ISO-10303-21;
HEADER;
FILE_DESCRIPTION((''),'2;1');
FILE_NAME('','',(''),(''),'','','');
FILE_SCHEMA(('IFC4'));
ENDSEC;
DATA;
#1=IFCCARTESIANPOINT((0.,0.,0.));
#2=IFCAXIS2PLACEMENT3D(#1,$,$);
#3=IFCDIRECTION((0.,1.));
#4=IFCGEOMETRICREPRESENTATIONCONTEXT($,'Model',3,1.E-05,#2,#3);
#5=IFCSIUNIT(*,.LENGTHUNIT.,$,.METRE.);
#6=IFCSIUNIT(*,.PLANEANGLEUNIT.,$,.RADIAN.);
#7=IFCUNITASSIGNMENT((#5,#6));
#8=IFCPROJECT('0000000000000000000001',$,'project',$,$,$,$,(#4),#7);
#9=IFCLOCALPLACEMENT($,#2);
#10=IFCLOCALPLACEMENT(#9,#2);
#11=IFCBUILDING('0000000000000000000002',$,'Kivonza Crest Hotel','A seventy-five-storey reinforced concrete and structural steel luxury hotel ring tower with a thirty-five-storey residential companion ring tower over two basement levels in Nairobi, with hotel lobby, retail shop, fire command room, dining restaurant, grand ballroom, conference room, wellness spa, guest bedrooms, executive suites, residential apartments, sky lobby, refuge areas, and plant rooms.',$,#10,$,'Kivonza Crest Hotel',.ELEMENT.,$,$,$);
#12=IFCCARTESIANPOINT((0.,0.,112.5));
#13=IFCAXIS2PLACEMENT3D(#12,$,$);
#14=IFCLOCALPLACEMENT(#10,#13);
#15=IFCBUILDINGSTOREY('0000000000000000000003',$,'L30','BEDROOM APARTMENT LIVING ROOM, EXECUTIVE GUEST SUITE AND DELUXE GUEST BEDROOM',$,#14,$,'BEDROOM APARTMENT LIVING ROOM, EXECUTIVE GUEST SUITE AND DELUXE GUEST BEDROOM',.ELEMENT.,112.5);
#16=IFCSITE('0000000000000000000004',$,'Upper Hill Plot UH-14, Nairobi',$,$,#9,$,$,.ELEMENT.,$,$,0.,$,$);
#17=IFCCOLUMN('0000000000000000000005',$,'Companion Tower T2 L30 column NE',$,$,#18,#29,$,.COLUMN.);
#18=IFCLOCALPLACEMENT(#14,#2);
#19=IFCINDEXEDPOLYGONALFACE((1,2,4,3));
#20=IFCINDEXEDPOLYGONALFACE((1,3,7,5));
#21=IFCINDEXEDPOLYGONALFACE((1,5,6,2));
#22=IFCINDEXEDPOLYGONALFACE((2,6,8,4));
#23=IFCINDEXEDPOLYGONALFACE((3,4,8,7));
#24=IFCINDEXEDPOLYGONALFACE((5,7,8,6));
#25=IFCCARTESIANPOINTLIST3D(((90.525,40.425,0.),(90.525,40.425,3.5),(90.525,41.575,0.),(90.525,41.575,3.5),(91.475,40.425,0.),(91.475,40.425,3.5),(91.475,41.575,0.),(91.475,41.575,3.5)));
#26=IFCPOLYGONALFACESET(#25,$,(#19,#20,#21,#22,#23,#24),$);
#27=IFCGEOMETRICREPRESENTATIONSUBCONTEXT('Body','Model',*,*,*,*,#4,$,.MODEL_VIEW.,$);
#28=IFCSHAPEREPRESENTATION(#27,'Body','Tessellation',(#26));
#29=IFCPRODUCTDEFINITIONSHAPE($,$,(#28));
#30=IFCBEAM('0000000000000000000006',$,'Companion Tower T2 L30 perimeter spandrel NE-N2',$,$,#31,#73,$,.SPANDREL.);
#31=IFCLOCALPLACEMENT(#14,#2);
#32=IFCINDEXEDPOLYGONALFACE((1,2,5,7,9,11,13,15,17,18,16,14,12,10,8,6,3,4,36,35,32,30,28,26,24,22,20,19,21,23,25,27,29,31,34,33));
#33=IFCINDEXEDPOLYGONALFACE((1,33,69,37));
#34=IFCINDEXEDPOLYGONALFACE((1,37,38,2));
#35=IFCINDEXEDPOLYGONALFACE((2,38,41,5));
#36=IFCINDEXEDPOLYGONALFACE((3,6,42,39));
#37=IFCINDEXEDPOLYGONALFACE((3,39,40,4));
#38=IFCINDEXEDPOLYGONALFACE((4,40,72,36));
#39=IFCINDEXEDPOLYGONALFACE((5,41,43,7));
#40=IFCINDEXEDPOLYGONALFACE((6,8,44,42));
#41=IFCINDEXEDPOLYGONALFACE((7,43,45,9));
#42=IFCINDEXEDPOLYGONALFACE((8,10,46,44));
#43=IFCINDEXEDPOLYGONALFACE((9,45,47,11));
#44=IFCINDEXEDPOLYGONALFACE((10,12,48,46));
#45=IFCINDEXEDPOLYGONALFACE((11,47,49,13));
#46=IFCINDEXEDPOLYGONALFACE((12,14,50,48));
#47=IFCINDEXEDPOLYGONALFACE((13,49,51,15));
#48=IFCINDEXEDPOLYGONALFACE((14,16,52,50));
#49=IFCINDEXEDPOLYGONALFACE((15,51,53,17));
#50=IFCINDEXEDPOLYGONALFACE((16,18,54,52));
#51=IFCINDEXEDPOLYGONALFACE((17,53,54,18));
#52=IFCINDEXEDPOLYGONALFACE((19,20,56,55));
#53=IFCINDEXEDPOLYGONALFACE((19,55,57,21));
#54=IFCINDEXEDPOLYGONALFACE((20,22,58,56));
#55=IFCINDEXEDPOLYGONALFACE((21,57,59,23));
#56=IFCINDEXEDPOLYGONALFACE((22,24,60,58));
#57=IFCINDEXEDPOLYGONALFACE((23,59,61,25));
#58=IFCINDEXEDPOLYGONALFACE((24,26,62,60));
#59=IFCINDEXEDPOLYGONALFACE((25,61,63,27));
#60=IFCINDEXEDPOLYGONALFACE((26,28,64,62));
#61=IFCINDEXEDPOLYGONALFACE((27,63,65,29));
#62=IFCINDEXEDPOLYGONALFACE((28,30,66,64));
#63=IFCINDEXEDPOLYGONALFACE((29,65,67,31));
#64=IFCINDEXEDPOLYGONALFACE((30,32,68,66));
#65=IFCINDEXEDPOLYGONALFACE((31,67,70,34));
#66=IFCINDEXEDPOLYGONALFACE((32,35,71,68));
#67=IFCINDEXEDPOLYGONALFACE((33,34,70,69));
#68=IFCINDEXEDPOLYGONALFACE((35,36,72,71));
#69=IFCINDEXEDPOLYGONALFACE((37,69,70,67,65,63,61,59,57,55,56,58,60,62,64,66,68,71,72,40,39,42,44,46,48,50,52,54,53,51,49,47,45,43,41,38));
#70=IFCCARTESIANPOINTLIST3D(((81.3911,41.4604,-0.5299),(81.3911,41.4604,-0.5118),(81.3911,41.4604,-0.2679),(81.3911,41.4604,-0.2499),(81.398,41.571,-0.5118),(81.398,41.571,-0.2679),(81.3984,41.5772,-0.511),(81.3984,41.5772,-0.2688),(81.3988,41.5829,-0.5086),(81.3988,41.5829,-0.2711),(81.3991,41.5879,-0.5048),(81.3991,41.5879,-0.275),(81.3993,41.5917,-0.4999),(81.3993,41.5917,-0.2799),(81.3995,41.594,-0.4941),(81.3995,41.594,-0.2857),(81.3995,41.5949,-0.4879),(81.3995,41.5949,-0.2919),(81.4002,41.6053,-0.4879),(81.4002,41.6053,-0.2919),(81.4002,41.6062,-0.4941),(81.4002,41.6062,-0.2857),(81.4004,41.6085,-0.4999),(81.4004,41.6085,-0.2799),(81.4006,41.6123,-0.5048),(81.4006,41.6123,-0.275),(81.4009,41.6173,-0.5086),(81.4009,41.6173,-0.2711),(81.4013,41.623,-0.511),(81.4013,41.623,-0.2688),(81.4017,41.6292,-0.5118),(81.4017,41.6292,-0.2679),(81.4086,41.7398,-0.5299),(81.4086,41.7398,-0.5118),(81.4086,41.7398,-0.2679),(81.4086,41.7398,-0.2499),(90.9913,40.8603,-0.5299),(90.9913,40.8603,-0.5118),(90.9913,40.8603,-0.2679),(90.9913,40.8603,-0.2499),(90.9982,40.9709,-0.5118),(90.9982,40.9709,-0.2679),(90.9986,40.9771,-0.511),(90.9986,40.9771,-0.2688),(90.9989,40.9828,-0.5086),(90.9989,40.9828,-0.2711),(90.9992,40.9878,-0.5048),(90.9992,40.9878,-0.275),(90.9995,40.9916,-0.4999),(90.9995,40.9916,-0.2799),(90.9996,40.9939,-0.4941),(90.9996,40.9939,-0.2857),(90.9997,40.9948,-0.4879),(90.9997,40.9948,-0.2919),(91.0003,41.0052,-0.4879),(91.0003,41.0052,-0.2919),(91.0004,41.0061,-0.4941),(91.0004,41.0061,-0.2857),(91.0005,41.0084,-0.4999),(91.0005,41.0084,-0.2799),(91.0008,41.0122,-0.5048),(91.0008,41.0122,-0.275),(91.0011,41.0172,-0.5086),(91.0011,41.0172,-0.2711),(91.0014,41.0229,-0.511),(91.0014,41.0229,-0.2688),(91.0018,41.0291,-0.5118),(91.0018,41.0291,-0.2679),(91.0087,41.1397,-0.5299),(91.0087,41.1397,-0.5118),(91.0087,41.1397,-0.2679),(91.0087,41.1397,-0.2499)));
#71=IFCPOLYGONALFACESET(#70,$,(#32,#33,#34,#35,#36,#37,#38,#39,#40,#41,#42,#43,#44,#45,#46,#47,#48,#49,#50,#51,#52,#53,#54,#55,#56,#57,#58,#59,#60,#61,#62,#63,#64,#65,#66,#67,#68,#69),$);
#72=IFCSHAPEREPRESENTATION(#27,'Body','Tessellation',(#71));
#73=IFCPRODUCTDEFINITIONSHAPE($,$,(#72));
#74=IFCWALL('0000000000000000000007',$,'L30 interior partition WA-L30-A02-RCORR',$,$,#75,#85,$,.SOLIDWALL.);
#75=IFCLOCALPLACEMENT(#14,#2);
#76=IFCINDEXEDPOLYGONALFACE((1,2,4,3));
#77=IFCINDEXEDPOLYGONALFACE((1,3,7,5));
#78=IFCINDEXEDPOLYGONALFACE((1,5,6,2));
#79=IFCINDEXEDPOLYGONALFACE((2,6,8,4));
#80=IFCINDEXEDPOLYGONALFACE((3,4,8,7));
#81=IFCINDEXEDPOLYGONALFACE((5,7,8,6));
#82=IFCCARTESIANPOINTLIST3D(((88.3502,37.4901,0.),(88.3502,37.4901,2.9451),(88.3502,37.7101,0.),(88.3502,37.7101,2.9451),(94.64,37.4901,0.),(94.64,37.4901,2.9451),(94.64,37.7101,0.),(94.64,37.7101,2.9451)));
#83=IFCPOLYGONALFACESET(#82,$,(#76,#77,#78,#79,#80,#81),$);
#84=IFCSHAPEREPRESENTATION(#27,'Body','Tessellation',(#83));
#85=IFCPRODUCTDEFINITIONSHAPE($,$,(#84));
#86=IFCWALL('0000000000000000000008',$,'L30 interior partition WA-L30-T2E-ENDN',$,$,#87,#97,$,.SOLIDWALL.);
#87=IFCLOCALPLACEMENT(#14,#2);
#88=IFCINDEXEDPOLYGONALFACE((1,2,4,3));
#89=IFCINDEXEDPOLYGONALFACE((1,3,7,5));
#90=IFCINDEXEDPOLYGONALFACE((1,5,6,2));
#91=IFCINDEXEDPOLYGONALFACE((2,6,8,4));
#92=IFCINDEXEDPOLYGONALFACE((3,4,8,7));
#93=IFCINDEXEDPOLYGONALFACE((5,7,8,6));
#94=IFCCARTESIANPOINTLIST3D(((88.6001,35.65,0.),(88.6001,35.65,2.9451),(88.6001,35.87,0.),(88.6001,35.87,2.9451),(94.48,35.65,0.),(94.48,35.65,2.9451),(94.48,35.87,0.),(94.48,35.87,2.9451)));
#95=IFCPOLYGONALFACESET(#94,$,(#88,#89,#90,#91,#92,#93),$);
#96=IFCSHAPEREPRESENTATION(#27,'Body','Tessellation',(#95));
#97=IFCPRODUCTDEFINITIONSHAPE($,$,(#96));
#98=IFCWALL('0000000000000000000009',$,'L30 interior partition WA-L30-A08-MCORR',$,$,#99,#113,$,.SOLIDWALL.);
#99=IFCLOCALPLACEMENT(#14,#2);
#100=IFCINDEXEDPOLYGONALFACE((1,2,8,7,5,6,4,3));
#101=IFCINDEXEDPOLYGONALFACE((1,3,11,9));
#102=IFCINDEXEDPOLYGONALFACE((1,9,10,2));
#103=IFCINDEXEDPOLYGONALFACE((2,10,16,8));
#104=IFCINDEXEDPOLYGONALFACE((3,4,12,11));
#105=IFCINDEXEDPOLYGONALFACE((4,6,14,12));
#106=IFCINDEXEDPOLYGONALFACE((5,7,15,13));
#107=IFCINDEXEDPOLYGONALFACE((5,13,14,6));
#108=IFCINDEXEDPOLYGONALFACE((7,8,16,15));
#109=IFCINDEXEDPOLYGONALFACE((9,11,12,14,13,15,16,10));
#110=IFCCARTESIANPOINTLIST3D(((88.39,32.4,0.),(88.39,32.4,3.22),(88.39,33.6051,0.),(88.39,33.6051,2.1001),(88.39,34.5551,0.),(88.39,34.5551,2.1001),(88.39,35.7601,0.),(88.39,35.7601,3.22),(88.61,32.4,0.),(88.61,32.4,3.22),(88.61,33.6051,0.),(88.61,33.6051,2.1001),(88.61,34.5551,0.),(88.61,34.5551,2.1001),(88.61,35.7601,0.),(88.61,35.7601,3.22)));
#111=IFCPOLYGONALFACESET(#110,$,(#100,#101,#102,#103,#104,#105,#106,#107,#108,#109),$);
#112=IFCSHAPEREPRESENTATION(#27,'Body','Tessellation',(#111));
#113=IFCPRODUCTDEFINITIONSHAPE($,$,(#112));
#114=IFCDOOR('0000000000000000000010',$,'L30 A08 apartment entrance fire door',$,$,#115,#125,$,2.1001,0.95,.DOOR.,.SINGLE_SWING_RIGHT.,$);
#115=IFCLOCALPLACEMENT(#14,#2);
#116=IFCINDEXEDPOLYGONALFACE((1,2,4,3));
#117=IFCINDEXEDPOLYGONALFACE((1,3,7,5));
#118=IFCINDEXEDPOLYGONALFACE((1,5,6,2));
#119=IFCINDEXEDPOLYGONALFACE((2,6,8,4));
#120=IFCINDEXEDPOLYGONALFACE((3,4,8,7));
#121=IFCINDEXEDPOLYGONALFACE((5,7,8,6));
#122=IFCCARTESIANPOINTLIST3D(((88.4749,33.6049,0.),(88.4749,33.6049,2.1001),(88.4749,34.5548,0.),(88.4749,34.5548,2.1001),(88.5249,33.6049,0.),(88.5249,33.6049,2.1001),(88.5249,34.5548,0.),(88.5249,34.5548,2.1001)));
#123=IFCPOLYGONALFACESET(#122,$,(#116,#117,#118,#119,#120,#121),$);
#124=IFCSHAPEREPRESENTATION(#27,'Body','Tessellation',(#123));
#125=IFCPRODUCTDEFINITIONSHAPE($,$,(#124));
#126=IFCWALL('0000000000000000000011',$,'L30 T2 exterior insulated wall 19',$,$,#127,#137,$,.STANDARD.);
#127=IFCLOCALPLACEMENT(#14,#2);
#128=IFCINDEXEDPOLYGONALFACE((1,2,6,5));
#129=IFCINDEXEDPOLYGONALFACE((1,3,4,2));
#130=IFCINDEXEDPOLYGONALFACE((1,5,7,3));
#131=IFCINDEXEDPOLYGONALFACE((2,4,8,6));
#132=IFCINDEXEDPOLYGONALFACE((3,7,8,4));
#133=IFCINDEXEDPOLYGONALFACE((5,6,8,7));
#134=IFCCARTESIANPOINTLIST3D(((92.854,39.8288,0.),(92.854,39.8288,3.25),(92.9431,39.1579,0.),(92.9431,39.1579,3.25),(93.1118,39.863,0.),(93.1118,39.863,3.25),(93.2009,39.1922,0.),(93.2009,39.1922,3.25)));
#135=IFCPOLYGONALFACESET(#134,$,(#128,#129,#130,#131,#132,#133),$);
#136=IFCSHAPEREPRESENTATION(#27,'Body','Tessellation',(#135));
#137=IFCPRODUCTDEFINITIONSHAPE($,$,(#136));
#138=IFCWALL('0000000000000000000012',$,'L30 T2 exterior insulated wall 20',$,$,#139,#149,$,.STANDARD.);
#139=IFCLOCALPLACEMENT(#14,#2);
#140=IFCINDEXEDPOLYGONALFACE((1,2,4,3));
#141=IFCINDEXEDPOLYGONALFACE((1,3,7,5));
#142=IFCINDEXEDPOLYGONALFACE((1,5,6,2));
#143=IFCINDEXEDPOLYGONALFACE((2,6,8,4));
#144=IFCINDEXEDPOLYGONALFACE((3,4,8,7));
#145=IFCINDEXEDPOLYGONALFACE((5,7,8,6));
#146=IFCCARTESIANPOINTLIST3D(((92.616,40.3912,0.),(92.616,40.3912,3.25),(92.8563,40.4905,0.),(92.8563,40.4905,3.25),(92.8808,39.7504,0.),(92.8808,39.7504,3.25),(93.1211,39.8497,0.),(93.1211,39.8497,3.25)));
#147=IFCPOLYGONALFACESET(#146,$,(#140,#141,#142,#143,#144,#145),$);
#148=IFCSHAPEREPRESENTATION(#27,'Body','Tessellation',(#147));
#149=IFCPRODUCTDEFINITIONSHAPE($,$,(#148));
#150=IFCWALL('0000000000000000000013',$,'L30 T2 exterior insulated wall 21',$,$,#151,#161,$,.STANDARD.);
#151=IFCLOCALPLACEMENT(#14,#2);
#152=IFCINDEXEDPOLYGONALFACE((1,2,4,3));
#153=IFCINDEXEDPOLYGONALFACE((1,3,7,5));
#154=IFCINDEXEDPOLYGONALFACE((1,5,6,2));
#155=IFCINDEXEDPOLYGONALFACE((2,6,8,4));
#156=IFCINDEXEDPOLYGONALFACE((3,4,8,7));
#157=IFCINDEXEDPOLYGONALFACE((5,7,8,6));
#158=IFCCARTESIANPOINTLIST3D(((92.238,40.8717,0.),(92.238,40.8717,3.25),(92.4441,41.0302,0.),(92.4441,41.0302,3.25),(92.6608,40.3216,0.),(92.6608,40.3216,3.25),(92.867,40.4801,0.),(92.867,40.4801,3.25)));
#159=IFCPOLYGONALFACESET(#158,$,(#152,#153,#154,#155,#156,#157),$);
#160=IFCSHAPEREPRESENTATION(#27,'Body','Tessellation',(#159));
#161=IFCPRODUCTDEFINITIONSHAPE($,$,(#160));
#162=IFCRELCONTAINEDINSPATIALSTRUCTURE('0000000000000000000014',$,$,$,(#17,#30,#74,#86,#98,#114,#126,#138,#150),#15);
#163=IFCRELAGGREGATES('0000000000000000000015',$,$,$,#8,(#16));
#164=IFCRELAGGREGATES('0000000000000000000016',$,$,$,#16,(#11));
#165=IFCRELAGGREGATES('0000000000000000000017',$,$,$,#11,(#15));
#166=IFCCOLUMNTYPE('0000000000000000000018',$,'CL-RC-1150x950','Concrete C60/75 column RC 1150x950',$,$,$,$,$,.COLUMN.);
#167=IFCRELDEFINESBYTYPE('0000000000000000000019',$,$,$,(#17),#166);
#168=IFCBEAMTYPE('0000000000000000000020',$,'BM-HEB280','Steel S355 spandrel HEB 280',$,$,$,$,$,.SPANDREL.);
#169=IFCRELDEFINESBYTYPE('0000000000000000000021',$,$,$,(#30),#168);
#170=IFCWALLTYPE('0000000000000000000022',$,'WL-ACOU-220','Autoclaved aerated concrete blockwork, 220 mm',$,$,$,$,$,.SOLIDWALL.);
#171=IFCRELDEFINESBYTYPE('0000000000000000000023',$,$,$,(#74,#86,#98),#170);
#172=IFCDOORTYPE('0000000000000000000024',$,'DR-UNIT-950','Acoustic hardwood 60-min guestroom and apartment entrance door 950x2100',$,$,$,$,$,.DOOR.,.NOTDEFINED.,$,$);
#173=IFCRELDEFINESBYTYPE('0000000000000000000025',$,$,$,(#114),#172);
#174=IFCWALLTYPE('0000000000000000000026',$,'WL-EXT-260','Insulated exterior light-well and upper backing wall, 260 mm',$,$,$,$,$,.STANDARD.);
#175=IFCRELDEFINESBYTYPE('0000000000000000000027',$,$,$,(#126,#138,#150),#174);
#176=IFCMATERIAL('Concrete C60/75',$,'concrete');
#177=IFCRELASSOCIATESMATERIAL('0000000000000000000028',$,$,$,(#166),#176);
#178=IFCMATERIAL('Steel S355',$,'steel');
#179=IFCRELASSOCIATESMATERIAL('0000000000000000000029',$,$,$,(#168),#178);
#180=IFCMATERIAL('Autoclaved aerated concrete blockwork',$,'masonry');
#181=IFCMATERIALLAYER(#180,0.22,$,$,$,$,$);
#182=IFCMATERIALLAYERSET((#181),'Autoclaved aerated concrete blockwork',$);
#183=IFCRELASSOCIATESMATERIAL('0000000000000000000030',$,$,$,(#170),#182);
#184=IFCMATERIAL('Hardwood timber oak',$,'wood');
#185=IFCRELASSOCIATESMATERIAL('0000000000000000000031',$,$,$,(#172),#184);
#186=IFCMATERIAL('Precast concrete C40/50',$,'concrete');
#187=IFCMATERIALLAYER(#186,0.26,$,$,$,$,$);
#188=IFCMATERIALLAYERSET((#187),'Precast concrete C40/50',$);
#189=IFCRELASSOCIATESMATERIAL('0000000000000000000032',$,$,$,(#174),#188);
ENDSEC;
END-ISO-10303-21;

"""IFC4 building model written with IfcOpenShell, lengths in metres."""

from ifc_helpers import new_model, si_unit, direction, frame, frame_2d, origin, origin_2d, place, context, subcontext, project, spatial, rectangle, i_section, extrude, material, layer, layer_set, material_profile, profile_set, type_object, element, fill, save


model = new_model("IFC4")

# Units and contexts
model_context = context("Model", 3, precision=1e-05, world=origin(), true_north=direction((0.0, 1.0)))
body_context = subcontext(model_context, "Body", "Model", "MODEL_VIEW")
ifc_project = project(units=[si_unit("LENGTHUNIT", "METRE"), si_unit("PLANEANGLEUNIT", "RADIAN")], contexts=[model_context])

# Site, building, storey
site_placement = place(None, origin())
site = spatial("IfcSite", under=ifc_project, at=site_placement, Name="Upper Hill Plot UH-14, Nairobi", CompositionType="ELEMENT", RefElevation=0.0)
building_placement = place(site_placement, origin())
building = spatial("IfcBuilding", under=site, at=building_placement, Name="Kivonza Crest Hotel", Description="A seventy-five-storey reinforced concrete and structural steel luxury hotel ring tower with a thirty-five-storey residential companion ring tower over two basement levels in Nairobi, with hotel lobby, retail shop, fire command room, dining restaurant, grand ballroom, conference room, wellness spa, guest bedrooms, executive suites, residential apartments, sky lobby, refuge areas, and plant rooms.", LongName="Kivonza Crest Hotel", CompositionType="ELEMENT")
storey_placement = place(building_placement, frame((0.0, 0.0, 112.5)))
storey = spatial("IfcBuildingStorey", under=building, at=storey_placement, Name="L30", Description="BEDROOM APARTMENT LIVING ROOM, EXECUTIVE GUEST SUITE AND DELUXE GUEST BEDROOM", LongName="BEDROOM APARTMENT LIVING ROOM, EXECUTIVE GUEST SUITE AND DELUXE GUEST BEDROOM", CompositionType="ELEMENT", Elevation=112.5)

# Column
ifc_material_1 = material(Name="Concrete C60/75", Category="concrete")
ifc_material_profile_1 = material_profile(ifc_material_1, rectangle(XDim=0.95, YDim=1.1499, at=origin_2d()), Name="RC 1150x950")
ifc_profile_set_1 = profile_set([ifc_material_profile_1], Name="Concrete C60/75")
column_type = type_object("IfcColumnType", Name="CL-RC-1150x950", Description="Concrete C60/75 column RC 1150x950", PredefinedType="COLUMN", material=ifc_profile_set_1)
column_placement = place(storey_placement, frame((91.0, 41.0, 0.0), z_axis=(0.0, 0.0, 1.0), x_axis=(1.0, 0.0, 0.0)))
element("IfcColumn", 1, at=column_placement, inside=storey, type_object=column_type, Name="Companion Tower T2 L30 column NE", PredefinedType="COLUMN", context=body_context, shape_type="SweptSolid", body=[
    extrude(rectangle(XDim=0.95, YDim=1.1499, at=origin_2d()), origin(), (0.0, 0.0, 1.0), 3.5),
])

# Beam
ifc_material_2 = material(Name="Steel S355", Category="steel")
ifc_material_profile_2 = material_profile(ifc_material_2, i_section(OverallWidth=0.28, OverallDepth=0.28, WebThickness=0.0105, FlangeThickness=0.0181, FilletRadius=0.0239, at=origin_2d()), Name="HEB 280")
ifc_profile_set_2 = profile_set([ifc_material_profile_2], Name="Steel S355")
beam_type = type_object("IfcBeamType", Name="BM-HEB280", Description="Steel S355 spandrel HEB 280", PredefinedType="SPANDREL", material=ifc_profile_set_2)
beam_placement = place(storey_placement, frame((91.0, 41.0, -0.3899), z_axis=(-0.998052, 0.062388, 0.0), x_axis=(-0.062388, -0.998052, 0.0)))
element("IfcBeam", 2, at=beam_placement, inside=storey, type_object=beam_type, Name="Companion Tower T2 L30 perimeter spandrel NE-N2", PredefinedType="SPANDREL", context=body_context, shape_type="SweptSolid", body=[
    extrude(i_section(OverallWidth=0.28, OverallDepth=0.28, WebThickness=0.0105, FlangeThickness=0.0181, FilletRadius=0.0239, at=origin_2d()), origin(), (0.0, 0.0, 1.0), 9.6189),
])

# Walls
ifc_material_3 = material(Name="Autoclaved aerated concrete blockwork", Category="masonry")
ifc_layer_1 = layer(ifc_material_3, 0.22)
ifc_layer_set_1 = layer_set([ifc_layer_1], Name="Autoclaved aerated concrete blockwork")
wall_type_1 = type_object("IfcWallType", Name="WL-ACOU-220", Description="Autoclaved aerated concrete blockwork, 220 mm", PredefinedType="SOLIDWALL", material=ifc_layer_set_1)
wall_1_placement = place(storey_placement, frame((88.3501, 37.6001, 0.0), z_axis=(0.0, 0.0, 1.0), x_axis=(1.0, 0.0, 0.0)))
element("IfcWall", 3, at=wall_1_placement, inside=storey, type_object=wall_type_1, Name="L30 interior partition WA-L30-A02-RCORR", PredefinedType="SOLIDWALL", context=body_context, shape_type="SweptSolid", body=[
    extrude(rectangle(XDim=6.2898, YDim=0.22, at=frame_2d((3.145, 0.0))), origin(), (0.0, 0.0, 1.0), 2.9451),
])
wall_2_placement = place(storey_placement, frame((88.6001, 35.76, 0.0), z_axis=(0.0, 0.0, 1.0), x_axis=(1.0, 0.0, 0.0)))
element("IfcWall", 4, at=wall_2_placement, inside=storey, type_object=wall_type_1, Name="L30 interior partition WA-L30-T2E-ENDN", PredefinedType="SOLIDWALL", context=body_context, shape_type="SweptSolid", body=[
    extrude(rectangle(XDim=5.8799, YDim=0.22, at=frame_2d((2.9399, 0.0))), origin(), (0.0, 0.0, 1.0), 2.9451),
])

# Wall, opening, door
wall_3_placement = place(storey_placement, frame((88.5, 32.3999, 0.0), z_axis=(0.0, 0.0, 1.0), x_axis=(0.0, 1.0, 0.0)))
wall_3 = element("IfcWall", 5, at=wall_3_placement, inside=storey, type_object=wall_type_1, Name="L30 interior partition WA-L30-A08-MCORR", PredefinedType="SOLIDWALL", context=body_context, shape_type="SweptSolid", body=[
    extrude(rectangle(XDim=3.3601, YDim=0.22, at=frame_2d((1.6802, 0.0))), origin(), (0.0, 0.0, 1.0), 3.22),
])
opening_1_placement = place(wall_3_placement, frame((1.2051, 0.0, 0.0)))
opening_1 = element("IfcOpeningElement", 6, at=opening_1_placement, cuts=wall_3, PredefinedType="OPENING", context=body_context, shape_type="SweptSolid", body=[
    extrude(rectangle(XDim=0.95, YDim=2.1001, at=frame_2d((0.4751, 1.05))), frame((0.0, 0.1201, 0.0), z_axis=(0.0, -1.0, 0.0), x_axis=(1.0, 0.0, 0.0)), (0.0, 0.0, 1.0), 0.24),
])
ifc_material_4 = material(Name="Hardwood timber oak", Category="wood")
door_type_1 = type_object("IfcDoorType", Name="DR-UNIT-950", Description="Acoustic hardwood 60-min guestroom and apartment entrance door 950x2100", OperationType="NOTDEFINED", PredefinedType="DOOR", material=ifc_material_4)
door_1_placement = place(opening_1_placement, frame((0.95, 0.0, 0.0), z_axis=(0.0, 0.0, 1.0), x_axis=(-1.0, 0.0, 0.0)))
door_1 = element("IfcDoor", 7, at=door_1_placement, inside=storey, type_object=door_type_1, Name="L30 A08 apartment entrance fire door", OperationType="SINGLE_SWING_RIGHT", OverallHeight=2.1001, OverallWidth=0.95, PredefinedType="DOOR", context=body_context, shape_type="SweptSolid", body=[
    extrude(rectangle(XDim=0.95, YDim=2.1001, at=frame_2d((0.4751, 1.05))), frame((0.0, 0.0249, 0.0), z_axis=(0.0, -1.0, 0.0), x_axis=(1.0, 0.0, 0.0)), (0.0, 0.0, 1.0), 0.05),
])
fill(opening_1, door_1)

# Walls
ifc_material_5 = material(Name="Precast concrete C40/50", Category="concrete")
ifc_layer_2 = layer(ifc_material_5, 0.26)
ifc_layer_set_2 = layer_set([ifc_layer_2], Name="Precast concrete C40/50")
wall_type_2 = type_object("IfcWallType", Name="WL-EXT-260", Description="Insulated exterior light-well and upper backing wall, 260 mm", PredefinedType="STANDARD", material=ifc_layer_set_2)
wall_4_placement = place(storey_placement, frame((93.072, 39.175, 0.0), z_axis=(0.0, 0.0, 1.0), x_axis=(-0.131667, 0.991294, 0.0)))
element("IfcWall", 8, at=wall_4_placement, inside=storey, type_object=wall_type_2, Name="L30 T2 exterior insulated wall 19", PredefinedType="STANDARD", context=body_context, shape_type="SweptSolid", body=[
    extrude(rectangle(XDim=0.6768, YDim=0.26, at=frame_2d((0.3384, 0.0))), origin(), (0.0, 0.0, 1.0), 3.25),
])
wall_5_placement = place(storey_placement, frame((93.001, 39.8, 0.0), z_axis=(0.0, 0.0, 1.0), x_axis=(-0.381989, 0.924167, 0.0)))
element("IfcWall", 9, at=wall_5_placement, inside=storey, type_object=wall_type_2, Name="L30 T2 exterior insulated wall 20", PredefinedType="STANDARD", context=body_context, shape_type="SweptSolid", body=[
    extrude(rectangle(XDim=0.6934, YDim=0.26, at=frame_2d((0.3467, 0.0))), origin(), (0.0, 0.0, 1.0), 3.25),
])
wall_6_placement = place(storey_placement, frame((92.7639, 40.4009, 0.0), z_axis=(0.0, 0.0, 1.0), x_axis=(-0.609473, 0.792807, 0.0)))
element("IfcWall", 10, at=wall_6_placement, inside=storey, type_object=wall_type_2, Name="L30 T2 exterior insulated wall 21", PredefinedType="STANDARD", context=body_context, shape_type="SweptSolid", body=[
    extrude(rectangle(XDim=0.6938, YDim=0.26, at=frame_2d((0.3469, 0.0))), origin(), (0.0, 0.0, 1.0), 3.25),
])

save(model, "model.ifc")
